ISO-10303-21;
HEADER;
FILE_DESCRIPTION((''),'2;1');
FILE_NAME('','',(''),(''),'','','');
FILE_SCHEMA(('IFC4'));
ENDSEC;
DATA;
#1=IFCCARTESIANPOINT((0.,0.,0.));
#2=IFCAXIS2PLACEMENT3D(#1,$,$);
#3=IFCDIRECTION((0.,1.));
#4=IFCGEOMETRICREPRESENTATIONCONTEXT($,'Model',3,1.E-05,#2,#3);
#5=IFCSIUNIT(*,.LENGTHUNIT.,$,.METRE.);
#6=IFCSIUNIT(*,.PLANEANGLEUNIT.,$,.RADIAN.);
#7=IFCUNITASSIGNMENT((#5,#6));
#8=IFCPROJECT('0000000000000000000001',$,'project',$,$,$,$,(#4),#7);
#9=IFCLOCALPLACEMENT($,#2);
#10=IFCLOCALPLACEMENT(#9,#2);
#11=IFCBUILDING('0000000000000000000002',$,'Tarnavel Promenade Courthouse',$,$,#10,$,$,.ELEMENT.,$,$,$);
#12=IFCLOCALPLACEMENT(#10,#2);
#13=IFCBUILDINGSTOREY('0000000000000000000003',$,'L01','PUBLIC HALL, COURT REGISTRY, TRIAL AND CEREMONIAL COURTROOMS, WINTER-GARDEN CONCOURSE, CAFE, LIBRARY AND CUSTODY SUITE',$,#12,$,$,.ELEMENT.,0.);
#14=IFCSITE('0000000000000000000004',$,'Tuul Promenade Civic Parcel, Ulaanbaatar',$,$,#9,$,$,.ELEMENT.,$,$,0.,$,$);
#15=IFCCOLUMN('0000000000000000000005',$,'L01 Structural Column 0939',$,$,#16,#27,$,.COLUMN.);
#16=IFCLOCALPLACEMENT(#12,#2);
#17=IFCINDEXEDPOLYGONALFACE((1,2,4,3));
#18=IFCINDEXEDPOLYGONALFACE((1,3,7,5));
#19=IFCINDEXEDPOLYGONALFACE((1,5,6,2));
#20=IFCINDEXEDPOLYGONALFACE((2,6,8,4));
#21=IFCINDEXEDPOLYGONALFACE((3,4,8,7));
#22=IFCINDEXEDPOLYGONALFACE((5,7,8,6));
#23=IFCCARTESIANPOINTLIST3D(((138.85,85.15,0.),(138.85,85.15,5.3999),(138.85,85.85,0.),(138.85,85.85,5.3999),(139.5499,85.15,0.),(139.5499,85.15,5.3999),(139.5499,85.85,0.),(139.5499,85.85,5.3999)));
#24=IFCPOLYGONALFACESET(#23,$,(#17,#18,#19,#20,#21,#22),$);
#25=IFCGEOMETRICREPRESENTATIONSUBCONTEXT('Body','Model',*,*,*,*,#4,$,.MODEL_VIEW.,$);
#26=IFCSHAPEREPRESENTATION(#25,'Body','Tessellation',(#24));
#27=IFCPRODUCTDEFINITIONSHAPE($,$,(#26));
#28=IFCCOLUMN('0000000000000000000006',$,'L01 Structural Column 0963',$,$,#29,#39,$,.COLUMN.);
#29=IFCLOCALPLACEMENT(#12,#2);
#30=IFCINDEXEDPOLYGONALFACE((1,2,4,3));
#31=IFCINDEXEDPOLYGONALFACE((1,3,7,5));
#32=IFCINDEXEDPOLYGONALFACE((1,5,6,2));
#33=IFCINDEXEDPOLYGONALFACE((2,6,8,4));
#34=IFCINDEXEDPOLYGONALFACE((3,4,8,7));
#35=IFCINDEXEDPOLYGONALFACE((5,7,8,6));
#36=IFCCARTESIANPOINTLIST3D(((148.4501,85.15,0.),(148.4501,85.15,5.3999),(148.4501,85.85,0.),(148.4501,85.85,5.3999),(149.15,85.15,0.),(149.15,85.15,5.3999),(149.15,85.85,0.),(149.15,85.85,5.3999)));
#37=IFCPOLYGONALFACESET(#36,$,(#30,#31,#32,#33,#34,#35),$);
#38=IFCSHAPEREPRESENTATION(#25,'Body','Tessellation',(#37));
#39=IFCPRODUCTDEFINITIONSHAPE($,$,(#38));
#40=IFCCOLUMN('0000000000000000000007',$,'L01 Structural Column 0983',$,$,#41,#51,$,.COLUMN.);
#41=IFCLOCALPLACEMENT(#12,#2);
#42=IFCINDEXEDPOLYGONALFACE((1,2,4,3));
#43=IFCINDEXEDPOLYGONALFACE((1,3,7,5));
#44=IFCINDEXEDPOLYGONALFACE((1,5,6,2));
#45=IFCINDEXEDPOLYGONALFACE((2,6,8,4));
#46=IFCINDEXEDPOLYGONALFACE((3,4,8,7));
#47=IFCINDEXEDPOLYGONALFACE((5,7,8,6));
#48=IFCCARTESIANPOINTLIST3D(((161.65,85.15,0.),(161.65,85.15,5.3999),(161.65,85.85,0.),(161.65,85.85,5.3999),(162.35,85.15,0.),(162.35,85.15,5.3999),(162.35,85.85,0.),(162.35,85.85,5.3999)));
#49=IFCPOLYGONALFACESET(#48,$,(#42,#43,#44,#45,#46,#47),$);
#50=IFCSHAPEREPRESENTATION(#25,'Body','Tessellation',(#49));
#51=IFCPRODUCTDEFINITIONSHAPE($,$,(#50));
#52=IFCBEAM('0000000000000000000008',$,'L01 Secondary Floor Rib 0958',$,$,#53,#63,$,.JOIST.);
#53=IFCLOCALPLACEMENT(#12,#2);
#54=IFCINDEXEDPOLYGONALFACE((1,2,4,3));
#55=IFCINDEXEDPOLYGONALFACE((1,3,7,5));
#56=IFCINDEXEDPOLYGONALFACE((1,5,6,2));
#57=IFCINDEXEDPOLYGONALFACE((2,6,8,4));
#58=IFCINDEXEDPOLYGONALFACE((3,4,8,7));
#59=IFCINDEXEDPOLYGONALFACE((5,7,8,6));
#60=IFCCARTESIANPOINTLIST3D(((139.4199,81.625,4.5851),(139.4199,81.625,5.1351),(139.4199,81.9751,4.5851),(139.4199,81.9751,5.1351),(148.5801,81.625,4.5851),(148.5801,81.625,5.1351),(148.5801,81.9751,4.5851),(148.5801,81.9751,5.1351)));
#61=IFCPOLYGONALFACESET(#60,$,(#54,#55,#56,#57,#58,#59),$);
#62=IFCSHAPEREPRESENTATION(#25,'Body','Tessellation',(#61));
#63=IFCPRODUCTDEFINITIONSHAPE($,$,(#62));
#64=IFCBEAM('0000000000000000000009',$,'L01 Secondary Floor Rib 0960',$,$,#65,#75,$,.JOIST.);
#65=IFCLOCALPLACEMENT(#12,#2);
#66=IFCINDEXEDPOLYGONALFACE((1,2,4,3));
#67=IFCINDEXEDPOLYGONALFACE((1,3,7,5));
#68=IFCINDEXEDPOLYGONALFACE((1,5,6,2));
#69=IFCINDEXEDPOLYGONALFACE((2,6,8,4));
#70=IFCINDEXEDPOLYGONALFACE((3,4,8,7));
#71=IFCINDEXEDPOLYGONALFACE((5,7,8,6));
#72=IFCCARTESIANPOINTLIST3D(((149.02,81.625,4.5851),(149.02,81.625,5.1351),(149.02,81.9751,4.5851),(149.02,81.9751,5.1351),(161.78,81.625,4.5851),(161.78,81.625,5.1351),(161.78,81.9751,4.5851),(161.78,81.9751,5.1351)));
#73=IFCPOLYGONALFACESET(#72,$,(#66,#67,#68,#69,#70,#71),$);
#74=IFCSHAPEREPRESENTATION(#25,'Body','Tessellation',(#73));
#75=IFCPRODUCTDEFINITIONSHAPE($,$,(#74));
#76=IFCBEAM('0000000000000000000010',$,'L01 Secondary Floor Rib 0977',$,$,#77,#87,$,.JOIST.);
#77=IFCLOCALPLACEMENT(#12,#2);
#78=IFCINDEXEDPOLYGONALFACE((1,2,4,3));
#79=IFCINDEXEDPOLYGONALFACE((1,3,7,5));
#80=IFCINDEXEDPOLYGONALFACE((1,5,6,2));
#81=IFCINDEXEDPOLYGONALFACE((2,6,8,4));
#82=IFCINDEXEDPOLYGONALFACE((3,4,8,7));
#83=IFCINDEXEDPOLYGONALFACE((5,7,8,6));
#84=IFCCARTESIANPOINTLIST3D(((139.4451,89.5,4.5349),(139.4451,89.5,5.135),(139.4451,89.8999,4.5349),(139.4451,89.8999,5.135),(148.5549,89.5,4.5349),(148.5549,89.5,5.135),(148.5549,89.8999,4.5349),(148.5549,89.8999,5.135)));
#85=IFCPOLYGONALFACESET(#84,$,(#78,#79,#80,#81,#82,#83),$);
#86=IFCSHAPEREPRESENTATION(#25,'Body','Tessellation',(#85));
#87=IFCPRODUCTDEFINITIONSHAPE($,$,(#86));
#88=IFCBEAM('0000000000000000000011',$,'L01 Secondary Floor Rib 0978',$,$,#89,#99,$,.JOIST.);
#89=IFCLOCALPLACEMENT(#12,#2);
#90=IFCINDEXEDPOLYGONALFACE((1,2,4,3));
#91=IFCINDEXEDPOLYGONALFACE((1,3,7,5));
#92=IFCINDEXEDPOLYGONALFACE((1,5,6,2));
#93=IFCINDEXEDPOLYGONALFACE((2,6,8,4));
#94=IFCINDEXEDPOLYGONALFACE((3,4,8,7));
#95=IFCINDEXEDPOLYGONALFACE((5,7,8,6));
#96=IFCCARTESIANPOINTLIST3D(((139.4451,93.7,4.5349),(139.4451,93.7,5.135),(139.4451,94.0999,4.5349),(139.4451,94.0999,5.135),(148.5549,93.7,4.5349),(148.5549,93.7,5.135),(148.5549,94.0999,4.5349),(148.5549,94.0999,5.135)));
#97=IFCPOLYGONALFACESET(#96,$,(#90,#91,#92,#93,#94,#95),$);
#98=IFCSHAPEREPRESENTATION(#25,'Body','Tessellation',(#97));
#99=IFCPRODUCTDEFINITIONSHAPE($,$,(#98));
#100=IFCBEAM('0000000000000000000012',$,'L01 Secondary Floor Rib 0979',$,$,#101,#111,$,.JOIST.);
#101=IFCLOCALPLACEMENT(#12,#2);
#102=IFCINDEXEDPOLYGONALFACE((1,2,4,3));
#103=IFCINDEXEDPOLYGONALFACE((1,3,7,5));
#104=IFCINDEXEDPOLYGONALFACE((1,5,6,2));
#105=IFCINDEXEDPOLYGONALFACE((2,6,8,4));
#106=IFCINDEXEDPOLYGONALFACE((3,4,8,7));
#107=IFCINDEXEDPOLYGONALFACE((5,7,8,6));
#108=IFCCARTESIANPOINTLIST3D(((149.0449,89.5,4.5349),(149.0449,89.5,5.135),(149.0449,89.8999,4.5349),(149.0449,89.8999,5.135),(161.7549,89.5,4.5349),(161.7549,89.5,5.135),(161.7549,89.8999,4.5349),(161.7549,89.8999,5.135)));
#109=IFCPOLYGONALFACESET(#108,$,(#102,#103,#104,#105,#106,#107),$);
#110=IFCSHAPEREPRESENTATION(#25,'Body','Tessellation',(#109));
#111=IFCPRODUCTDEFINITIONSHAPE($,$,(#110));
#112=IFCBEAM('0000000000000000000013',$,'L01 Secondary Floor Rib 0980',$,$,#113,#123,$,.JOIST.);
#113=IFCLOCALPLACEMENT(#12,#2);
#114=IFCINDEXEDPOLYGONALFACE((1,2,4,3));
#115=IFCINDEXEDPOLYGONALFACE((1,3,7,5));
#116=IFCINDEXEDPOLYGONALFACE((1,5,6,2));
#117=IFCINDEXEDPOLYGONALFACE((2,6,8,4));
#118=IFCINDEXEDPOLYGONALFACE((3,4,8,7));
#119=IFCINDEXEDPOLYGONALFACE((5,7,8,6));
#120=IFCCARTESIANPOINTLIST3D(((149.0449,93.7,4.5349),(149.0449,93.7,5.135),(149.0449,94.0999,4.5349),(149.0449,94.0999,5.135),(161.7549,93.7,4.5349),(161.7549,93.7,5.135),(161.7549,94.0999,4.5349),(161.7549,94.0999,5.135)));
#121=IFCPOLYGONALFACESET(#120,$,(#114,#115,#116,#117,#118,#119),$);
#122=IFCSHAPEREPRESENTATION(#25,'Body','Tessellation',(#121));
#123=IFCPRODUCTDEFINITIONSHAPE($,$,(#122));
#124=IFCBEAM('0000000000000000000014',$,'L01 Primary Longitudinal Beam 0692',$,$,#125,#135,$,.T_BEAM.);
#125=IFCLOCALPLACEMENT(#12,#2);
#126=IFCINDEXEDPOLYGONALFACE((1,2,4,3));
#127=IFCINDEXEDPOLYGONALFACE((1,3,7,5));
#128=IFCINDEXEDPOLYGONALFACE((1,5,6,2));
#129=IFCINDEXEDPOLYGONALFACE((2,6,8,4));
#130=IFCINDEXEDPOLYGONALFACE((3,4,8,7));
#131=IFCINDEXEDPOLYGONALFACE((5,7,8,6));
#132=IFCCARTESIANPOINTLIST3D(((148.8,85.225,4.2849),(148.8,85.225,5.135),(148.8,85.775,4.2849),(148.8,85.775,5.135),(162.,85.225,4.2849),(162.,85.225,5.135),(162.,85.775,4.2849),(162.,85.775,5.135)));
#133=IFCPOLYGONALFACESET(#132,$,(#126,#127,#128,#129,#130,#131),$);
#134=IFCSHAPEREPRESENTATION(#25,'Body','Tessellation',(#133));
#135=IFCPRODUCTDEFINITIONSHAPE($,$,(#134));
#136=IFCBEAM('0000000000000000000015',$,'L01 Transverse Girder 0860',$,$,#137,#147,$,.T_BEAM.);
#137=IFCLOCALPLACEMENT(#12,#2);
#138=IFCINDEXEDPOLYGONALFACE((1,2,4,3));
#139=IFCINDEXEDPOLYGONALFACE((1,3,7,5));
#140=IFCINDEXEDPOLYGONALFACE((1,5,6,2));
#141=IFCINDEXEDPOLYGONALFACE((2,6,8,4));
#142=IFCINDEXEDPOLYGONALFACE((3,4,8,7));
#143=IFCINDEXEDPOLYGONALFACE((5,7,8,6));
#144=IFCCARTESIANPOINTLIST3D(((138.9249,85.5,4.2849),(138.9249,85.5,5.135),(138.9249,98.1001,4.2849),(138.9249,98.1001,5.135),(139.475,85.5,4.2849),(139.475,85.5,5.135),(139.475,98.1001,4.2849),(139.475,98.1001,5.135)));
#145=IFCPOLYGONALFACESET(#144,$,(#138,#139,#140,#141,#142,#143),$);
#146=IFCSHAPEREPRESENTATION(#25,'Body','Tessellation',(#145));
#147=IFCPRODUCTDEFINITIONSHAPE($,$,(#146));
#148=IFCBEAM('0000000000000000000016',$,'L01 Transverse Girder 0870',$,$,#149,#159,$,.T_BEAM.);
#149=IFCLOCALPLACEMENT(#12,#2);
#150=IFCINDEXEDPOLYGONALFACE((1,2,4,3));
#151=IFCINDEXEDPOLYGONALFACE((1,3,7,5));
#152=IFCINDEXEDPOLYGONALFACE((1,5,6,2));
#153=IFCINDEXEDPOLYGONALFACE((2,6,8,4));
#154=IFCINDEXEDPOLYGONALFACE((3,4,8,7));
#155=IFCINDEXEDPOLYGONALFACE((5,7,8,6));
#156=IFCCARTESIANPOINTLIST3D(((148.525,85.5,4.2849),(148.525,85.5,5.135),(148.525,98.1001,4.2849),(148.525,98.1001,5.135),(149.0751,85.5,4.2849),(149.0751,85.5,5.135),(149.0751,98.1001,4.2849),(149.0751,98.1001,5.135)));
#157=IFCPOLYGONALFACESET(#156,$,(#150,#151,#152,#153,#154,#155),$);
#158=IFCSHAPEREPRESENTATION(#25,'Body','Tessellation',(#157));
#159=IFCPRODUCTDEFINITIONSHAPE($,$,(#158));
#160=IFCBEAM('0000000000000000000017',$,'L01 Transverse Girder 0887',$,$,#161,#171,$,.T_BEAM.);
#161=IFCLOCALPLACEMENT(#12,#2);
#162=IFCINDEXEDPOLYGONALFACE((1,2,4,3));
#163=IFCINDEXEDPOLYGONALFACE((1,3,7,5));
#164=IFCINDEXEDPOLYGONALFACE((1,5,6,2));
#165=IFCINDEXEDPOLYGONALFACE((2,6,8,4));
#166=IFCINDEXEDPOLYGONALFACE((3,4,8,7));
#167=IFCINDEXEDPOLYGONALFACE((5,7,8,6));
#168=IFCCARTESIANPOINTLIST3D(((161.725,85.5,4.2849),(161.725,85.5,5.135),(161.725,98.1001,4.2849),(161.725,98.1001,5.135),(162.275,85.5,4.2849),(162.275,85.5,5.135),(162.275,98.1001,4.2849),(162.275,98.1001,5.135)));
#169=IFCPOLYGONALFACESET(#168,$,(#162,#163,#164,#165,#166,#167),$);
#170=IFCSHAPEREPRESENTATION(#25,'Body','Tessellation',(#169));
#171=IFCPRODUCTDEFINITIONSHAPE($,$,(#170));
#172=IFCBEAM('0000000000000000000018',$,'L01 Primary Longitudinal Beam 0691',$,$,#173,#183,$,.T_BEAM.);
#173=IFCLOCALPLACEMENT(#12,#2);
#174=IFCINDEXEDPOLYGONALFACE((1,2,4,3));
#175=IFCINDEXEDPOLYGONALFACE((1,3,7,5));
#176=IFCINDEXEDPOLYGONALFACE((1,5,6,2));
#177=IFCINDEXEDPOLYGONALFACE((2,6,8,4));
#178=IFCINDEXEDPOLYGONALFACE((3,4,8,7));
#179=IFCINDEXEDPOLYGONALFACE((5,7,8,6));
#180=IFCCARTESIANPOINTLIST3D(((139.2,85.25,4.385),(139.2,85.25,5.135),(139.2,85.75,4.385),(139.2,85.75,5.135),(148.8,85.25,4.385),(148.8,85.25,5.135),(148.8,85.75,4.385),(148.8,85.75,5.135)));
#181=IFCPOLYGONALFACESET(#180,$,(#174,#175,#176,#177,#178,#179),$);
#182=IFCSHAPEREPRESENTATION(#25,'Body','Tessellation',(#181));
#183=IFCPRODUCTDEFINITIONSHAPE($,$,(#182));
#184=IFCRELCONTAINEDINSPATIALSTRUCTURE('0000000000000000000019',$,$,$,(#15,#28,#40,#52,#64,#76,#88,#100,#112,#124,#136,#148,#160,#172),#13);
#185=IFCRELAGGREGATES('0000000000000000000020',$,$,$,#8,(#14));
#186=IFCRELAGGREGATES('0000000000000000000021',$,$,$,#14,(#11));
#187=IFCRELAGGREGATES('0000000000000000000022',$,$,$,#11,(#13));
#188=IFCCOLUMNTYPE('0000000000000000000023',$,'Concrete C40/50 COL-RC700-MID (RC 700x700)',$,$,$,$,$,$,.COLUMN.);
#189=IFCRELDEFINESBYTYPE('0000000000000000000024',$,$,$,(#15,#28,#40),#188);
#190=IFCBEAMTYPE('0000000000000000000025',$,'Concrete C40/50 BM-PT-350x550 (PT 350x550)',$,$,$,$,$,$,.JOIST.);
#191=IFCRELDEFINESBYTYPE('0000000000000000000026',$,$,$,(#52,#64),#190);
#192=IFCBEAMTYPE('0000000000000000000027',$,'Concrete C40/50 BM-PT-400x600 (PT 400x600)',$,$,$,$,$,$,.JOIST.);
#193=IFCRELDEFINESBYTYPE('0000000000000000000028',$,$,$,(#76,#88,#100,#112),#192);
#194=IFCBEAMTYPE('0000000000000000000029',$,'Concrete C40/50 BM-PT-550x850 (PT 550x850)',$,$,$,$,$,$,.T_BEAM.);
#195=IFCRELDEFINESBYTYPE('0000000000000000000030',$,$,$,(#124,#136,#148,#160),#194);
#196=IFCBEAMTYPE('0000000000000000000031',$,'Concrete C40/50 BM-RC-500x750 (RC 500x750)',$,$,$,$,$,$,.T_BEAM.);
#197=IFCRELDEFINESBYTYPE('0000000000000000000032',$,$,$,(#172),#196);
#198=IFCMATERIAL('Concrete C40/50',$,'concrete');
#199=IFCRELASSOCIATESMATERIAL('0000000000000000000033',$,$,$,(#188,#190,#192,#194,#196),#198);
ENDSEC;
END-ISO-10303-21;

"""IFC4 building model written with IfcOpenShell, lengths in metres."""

from ifc_helpers import new_model, si_unit, direction, frame, origin, origin_2d, place, context, subcontext, project, spatial, rectangle, extrude, material, material_profile, profile_set, type_object, element, save


model = new_model("IFC4")

# Units and contexts
model_context = context("Model", 3, precision=1e-05, world=origin(), true_north=direction((0.0, 1.0)))
body_context = subcontext(model_context, "Body", "Model", "MODEL_VIEW")
ifc_project = project(units=[si_unit("LENGTHUNIT", "METRE"), si_unit("PLANEANGLEUNIT", "RADIAN")], contexts=[model_context])

# Site, building, storey
site_placement = place(None, origin())
site = spatial("IfcSite", under=ifc_project, at=site_placement, Name="Tuul Promenade Civic Parcel, Ulaanbaatar", CompositionType="ELEMENT", RefElevation=0.0)
building_placement = place(site_placement, origin())
building = spatial("IfcBuilding", under=site, at=building_placement, Name="Tarnavel Promenade Courthouse", CompositionType="ELEMENT")
storey_placement = place(building_placement, origin())
storey = spatial("IfcBuildingStorey", under=building, at=storey_placement, Name="L01", Description="PUBLIC HALL, COURT REGISTRY, TRIAL AND CEREMONIAL COURTROOMS, WINTER-GARDEN CONCOURSE, CAFE, LIBRARY AND CUSTODY SUITE", CompositionType="ELEMENT", Elevation=0.0)

# Columns
ifc_material_1 = material(Name="Concrete C40/50", Category="concrete")
ifc_material_profile_1 = material_profile(ifc_material_1, rectangle(XDim=0.7, YDim=0.7, at=origin_2d()), Name="RC 700x700")
ifc_profile_set_1 = profile_set([ifc_material_profile_1], Name="Concrete C40/50")
column_type = type_object("IfcColumnType", Name="Concrete C40/50 COL-RC700-MID (RC 700x700)", PredefinedType="COLUMN", material=ifc_profile_set_1)
for number, where, z_axis, x_axis, name in (
    (1, (139.2, 85.5, 0.0), (0.0, 0.0, 1.0), (1.0, 0.0, 0.0), "L01 Structural Column 0939"),
    (2, (148.8, 85.5, 0.0), (0.0, 0.0, 1.0), (1.0, 0.0, 0.0), "L01 Structural Column 0963"),
    (3, (162.0, 85.5, 0.0), (0.0, 0.0, 1.0), (1.0, 0.0, 0.0), "L01 Structural Column 0983"),
):
    element("IfcColumn", number, at=place(storey_placement, frame(where, z_axis=z_axis, x_axis=x_axis)), inside=storey, type_object=column_type, Name=name, PredefinedType="COLUMN", context=body_context, shape_type="SweptSolid", body=[
        extrude(rectangle(XDim=0.7, YDim=0.7, at=origin_2d()), origin(), (0.0, 0.0, 1.0), 5.3999),
    ])

# Beams
ifc_material_profile_2 = material_profile(ifc_material_1, rectangle(XDim=0.3501, YDim=0.55, at=origin_2d()), Name="PT 350x550")
ifc_profile_set_2 = profile_set([ifc_material_profile_2], Name="Concrete C40/50")
beam_type_1 = type_object("IfcBeamType", Name="Concrete C40/50 BM-PT-350x550 (PT 350x550)", PredefinedType="JOIST", material=ifc_profile_set_2)
beam_1_placement = place(storey_placement, frame((139.4199, 81.8, 4.8601), z_axis=(1.0, 0.0, 0.0), x_axis=(0.0, 1.0, 0.0)))
element("IfcBeam", 4, at=beam_1_placement, inside=storey, type_object=beam_type_1, Name="L01 Secondary Floor Rib 0958", PredefinedType="JOIST", context=body_context, shape_type="SweptSolid", body=[
    extrude(rectangle(XDim=0.3501, YDim=0.55, at=origin_2d()), origin(), (0.0, 0.0, 1.0), 9.1602),
])
beam_2_placement = place(storey_placement, frame((149.02, 81.8, 4.8601), z_axis=(1.0, 0.0, 0.0), x_axis=(0.0, 1.0, 0.0)))
element("IfcBeam", 5, at=beam_2_placement, inside=storey, type_object=beam_type_1, Name="L01 Secondary Floor Rib 0960", PredefinedType="JOIST", context=body_context, shape_type="SweptSolid", body=[
    extrude(rectangle(XDim=0.3501, YDim=0.55, at=origin_2d()), origin(), (0.0, 0.0, 1.0), 12.76),
])
ifc_material_profile_3 = material_profile(ifc_material_1, rectangle(XDim=0.3999, YDim=0.6001, at=origin_2d()), Name="PT 400x600")
ifc_profile_set_3 = profile_set([ifc_material_profile_3], Name="Concrete C40/50")
beam_type_2 = type_object("IfcBeamType", Name="Concrete C40/50 BM-PT-400x600 (PT 400x600)", PredefinedType="JOIST", material=ifc_profile_set_3)
for number, where, z_axis, x_axis, name in (
    (6, (139.4451, 89.7, 4.835), (1.0, 0.0, 0.0), (0.0, 1.0, 0.0), "L01 Secondary Floor Rib 0977"),
    (7, (139.4451, 93.8999, 4.835), (1.0, 0.0, 0.0), (0.0, 1.0, 0.0), "L01 Secondary Floor Rib 0978"),
):
    element("IfcBeam", number, at=place(storey_placement, frame(where, z_axis=z_axis, x_axis=x_axis)), inside=storey, type_object=beam_type_2, Name=name, PredefinedType="JOIST", context=body_context, shape_type="SweptSolid", body=[
        extrude(rectangle(XDim=0.3999, YDim=0.6001, at=origin_2d()), origin(), (0.0, 0.0, 1.0), 9.1099),
    ])
for number, where, z_axis, x_axis, name in (
    (8, (149.0449, 89.7, 4.835), (1.0, 0.0, 0.0), (0.0, 1.0, 0.0), "L01 Secondary Floor Rib 0979"),
    (9, (149.0449, 93.8999, 4.835), (1.0, 0.0, 0.0), (0.0, 1.0, 0.0), "L01 Secondary Floor Rib 0980"),
):
    element("IfcBeam", number, at=place(storey_placement, frame(where, z_axis=z_axis, x_axis=x_axis)), inside=storey, type_object=beam_type_2, Name=name, PredefinedType="JOIST", context=body_context, shape_type="SweptSolid", body=[
        extrude(rectangle(XDim=0.3999, YDim=0.6001, at=origin_2d()), origin(), (0.0, 0.0, 1.0), 12.71),
    ])
ifc_material_profile_4 = material_profile(ifc_material_1, rectangle(XDim=0.55, YDim=0.8501, at=origin_2d()), Name="PT 550x850")
ifc_profile_set_4 = profile_set([ifc_material_profile_4], Name="Concrete C40/50")
beam_type_3 = type_object("IfcBeamType", Name="Concrete C40/50 BM-PT-550x850 (PT 550x850)", PredefinedType="T_BEAM", material=ifc_profile_set_4)
beam_3_placement = place(storey_placement, frame((148.8, 85.5, 4.71), z_axis=(1.0, 0.0, 0.0), x_axis=(0.0, 1.0, 0.0)))
element("IfcBeam", 10, at=beam_3_placement, inside=storey, type_object=beam_type_3, Name="L01 Primary Longitudinal Beam 0692", PredefinedType="T_BEAM", context=body_context, shape_type="SweptSolid", body=[
    extrude(rectangle(XDim=0.55, YDim=0.8501, at=origin_2d()), origin(), (0.0, 0.0, 1.0), 13.2),
])
for number, where, z_axis, x_axis, name in (
    (11, (139.2, 85.5, 4.71), (0.0, 1.0, 0.0), (-1.0, 0.0, 0.0), "L01 Transverse Girder 0860"),
    (12, (148.8, 85.5, 4.71), (0.0, 1.0, 0.0), (-1.0, 0.0, 0.0), "L01 Transverse Girder 0870"),
    (13, (162.0, 85.5, 4.71), (0.0, 1.0, 0.0), (-1.0, 0.0, 0.0), "L01 Transverse Girder 0887"),
):
    element("IfcBeam", number, at=place(storey_placement, frame(where, z_axis=z_axis, x_axis=x_axis)), inside=storey, type_object=beam_type_3, Name=name, PredefinedType="T_BEAM", context=body_context, shape_type="SweptSolid", body=[
        extrude(rectangle(XDim=0.55, YDim=0.8501, at=origin_2d()), origin(), (0.0, 0.0, 1.0), 12.6001),
    ])
ifc_material_profile_5 = material_profile(ifc_material_1, rectangle(XDim=0.5, YDim=0.75, at=origin_2d()), Name="RC 500x750")
ifc_profile_set_5 = profile_set([ifc_material_profile_5], Name="Concrete C40/50")
beam_type_4 = type_object("IfcBeamType", Name="Concrete C40/50 BM-RC-500x750 (RC 500x750)", PredefinedType="T_BEAM", material=ifc_profile_set_5)
beam_4_placement = place(storey_placement, frame((139.2, 85.5, 4.76), z_axis=(1.0, 0.0, 0.0), x_axis=(0.0, 1.0, 0.0)))
element("IfcBeam", 14, at=beam_4_placement, inside=storey, type_object=beam_type_4, Name="L01 Primary Longitudinal Beam 0691", PredefinedType="T_BEAM", context=body_context, shape_type="SweptSolid", body=[
    extrude(rectangle(XDim=0.5, YDim=0.75, at=origin_2d()), origin(), (0.0, 0.0, 1.0), 9.6001),
])

save(model, "model.ifc")
